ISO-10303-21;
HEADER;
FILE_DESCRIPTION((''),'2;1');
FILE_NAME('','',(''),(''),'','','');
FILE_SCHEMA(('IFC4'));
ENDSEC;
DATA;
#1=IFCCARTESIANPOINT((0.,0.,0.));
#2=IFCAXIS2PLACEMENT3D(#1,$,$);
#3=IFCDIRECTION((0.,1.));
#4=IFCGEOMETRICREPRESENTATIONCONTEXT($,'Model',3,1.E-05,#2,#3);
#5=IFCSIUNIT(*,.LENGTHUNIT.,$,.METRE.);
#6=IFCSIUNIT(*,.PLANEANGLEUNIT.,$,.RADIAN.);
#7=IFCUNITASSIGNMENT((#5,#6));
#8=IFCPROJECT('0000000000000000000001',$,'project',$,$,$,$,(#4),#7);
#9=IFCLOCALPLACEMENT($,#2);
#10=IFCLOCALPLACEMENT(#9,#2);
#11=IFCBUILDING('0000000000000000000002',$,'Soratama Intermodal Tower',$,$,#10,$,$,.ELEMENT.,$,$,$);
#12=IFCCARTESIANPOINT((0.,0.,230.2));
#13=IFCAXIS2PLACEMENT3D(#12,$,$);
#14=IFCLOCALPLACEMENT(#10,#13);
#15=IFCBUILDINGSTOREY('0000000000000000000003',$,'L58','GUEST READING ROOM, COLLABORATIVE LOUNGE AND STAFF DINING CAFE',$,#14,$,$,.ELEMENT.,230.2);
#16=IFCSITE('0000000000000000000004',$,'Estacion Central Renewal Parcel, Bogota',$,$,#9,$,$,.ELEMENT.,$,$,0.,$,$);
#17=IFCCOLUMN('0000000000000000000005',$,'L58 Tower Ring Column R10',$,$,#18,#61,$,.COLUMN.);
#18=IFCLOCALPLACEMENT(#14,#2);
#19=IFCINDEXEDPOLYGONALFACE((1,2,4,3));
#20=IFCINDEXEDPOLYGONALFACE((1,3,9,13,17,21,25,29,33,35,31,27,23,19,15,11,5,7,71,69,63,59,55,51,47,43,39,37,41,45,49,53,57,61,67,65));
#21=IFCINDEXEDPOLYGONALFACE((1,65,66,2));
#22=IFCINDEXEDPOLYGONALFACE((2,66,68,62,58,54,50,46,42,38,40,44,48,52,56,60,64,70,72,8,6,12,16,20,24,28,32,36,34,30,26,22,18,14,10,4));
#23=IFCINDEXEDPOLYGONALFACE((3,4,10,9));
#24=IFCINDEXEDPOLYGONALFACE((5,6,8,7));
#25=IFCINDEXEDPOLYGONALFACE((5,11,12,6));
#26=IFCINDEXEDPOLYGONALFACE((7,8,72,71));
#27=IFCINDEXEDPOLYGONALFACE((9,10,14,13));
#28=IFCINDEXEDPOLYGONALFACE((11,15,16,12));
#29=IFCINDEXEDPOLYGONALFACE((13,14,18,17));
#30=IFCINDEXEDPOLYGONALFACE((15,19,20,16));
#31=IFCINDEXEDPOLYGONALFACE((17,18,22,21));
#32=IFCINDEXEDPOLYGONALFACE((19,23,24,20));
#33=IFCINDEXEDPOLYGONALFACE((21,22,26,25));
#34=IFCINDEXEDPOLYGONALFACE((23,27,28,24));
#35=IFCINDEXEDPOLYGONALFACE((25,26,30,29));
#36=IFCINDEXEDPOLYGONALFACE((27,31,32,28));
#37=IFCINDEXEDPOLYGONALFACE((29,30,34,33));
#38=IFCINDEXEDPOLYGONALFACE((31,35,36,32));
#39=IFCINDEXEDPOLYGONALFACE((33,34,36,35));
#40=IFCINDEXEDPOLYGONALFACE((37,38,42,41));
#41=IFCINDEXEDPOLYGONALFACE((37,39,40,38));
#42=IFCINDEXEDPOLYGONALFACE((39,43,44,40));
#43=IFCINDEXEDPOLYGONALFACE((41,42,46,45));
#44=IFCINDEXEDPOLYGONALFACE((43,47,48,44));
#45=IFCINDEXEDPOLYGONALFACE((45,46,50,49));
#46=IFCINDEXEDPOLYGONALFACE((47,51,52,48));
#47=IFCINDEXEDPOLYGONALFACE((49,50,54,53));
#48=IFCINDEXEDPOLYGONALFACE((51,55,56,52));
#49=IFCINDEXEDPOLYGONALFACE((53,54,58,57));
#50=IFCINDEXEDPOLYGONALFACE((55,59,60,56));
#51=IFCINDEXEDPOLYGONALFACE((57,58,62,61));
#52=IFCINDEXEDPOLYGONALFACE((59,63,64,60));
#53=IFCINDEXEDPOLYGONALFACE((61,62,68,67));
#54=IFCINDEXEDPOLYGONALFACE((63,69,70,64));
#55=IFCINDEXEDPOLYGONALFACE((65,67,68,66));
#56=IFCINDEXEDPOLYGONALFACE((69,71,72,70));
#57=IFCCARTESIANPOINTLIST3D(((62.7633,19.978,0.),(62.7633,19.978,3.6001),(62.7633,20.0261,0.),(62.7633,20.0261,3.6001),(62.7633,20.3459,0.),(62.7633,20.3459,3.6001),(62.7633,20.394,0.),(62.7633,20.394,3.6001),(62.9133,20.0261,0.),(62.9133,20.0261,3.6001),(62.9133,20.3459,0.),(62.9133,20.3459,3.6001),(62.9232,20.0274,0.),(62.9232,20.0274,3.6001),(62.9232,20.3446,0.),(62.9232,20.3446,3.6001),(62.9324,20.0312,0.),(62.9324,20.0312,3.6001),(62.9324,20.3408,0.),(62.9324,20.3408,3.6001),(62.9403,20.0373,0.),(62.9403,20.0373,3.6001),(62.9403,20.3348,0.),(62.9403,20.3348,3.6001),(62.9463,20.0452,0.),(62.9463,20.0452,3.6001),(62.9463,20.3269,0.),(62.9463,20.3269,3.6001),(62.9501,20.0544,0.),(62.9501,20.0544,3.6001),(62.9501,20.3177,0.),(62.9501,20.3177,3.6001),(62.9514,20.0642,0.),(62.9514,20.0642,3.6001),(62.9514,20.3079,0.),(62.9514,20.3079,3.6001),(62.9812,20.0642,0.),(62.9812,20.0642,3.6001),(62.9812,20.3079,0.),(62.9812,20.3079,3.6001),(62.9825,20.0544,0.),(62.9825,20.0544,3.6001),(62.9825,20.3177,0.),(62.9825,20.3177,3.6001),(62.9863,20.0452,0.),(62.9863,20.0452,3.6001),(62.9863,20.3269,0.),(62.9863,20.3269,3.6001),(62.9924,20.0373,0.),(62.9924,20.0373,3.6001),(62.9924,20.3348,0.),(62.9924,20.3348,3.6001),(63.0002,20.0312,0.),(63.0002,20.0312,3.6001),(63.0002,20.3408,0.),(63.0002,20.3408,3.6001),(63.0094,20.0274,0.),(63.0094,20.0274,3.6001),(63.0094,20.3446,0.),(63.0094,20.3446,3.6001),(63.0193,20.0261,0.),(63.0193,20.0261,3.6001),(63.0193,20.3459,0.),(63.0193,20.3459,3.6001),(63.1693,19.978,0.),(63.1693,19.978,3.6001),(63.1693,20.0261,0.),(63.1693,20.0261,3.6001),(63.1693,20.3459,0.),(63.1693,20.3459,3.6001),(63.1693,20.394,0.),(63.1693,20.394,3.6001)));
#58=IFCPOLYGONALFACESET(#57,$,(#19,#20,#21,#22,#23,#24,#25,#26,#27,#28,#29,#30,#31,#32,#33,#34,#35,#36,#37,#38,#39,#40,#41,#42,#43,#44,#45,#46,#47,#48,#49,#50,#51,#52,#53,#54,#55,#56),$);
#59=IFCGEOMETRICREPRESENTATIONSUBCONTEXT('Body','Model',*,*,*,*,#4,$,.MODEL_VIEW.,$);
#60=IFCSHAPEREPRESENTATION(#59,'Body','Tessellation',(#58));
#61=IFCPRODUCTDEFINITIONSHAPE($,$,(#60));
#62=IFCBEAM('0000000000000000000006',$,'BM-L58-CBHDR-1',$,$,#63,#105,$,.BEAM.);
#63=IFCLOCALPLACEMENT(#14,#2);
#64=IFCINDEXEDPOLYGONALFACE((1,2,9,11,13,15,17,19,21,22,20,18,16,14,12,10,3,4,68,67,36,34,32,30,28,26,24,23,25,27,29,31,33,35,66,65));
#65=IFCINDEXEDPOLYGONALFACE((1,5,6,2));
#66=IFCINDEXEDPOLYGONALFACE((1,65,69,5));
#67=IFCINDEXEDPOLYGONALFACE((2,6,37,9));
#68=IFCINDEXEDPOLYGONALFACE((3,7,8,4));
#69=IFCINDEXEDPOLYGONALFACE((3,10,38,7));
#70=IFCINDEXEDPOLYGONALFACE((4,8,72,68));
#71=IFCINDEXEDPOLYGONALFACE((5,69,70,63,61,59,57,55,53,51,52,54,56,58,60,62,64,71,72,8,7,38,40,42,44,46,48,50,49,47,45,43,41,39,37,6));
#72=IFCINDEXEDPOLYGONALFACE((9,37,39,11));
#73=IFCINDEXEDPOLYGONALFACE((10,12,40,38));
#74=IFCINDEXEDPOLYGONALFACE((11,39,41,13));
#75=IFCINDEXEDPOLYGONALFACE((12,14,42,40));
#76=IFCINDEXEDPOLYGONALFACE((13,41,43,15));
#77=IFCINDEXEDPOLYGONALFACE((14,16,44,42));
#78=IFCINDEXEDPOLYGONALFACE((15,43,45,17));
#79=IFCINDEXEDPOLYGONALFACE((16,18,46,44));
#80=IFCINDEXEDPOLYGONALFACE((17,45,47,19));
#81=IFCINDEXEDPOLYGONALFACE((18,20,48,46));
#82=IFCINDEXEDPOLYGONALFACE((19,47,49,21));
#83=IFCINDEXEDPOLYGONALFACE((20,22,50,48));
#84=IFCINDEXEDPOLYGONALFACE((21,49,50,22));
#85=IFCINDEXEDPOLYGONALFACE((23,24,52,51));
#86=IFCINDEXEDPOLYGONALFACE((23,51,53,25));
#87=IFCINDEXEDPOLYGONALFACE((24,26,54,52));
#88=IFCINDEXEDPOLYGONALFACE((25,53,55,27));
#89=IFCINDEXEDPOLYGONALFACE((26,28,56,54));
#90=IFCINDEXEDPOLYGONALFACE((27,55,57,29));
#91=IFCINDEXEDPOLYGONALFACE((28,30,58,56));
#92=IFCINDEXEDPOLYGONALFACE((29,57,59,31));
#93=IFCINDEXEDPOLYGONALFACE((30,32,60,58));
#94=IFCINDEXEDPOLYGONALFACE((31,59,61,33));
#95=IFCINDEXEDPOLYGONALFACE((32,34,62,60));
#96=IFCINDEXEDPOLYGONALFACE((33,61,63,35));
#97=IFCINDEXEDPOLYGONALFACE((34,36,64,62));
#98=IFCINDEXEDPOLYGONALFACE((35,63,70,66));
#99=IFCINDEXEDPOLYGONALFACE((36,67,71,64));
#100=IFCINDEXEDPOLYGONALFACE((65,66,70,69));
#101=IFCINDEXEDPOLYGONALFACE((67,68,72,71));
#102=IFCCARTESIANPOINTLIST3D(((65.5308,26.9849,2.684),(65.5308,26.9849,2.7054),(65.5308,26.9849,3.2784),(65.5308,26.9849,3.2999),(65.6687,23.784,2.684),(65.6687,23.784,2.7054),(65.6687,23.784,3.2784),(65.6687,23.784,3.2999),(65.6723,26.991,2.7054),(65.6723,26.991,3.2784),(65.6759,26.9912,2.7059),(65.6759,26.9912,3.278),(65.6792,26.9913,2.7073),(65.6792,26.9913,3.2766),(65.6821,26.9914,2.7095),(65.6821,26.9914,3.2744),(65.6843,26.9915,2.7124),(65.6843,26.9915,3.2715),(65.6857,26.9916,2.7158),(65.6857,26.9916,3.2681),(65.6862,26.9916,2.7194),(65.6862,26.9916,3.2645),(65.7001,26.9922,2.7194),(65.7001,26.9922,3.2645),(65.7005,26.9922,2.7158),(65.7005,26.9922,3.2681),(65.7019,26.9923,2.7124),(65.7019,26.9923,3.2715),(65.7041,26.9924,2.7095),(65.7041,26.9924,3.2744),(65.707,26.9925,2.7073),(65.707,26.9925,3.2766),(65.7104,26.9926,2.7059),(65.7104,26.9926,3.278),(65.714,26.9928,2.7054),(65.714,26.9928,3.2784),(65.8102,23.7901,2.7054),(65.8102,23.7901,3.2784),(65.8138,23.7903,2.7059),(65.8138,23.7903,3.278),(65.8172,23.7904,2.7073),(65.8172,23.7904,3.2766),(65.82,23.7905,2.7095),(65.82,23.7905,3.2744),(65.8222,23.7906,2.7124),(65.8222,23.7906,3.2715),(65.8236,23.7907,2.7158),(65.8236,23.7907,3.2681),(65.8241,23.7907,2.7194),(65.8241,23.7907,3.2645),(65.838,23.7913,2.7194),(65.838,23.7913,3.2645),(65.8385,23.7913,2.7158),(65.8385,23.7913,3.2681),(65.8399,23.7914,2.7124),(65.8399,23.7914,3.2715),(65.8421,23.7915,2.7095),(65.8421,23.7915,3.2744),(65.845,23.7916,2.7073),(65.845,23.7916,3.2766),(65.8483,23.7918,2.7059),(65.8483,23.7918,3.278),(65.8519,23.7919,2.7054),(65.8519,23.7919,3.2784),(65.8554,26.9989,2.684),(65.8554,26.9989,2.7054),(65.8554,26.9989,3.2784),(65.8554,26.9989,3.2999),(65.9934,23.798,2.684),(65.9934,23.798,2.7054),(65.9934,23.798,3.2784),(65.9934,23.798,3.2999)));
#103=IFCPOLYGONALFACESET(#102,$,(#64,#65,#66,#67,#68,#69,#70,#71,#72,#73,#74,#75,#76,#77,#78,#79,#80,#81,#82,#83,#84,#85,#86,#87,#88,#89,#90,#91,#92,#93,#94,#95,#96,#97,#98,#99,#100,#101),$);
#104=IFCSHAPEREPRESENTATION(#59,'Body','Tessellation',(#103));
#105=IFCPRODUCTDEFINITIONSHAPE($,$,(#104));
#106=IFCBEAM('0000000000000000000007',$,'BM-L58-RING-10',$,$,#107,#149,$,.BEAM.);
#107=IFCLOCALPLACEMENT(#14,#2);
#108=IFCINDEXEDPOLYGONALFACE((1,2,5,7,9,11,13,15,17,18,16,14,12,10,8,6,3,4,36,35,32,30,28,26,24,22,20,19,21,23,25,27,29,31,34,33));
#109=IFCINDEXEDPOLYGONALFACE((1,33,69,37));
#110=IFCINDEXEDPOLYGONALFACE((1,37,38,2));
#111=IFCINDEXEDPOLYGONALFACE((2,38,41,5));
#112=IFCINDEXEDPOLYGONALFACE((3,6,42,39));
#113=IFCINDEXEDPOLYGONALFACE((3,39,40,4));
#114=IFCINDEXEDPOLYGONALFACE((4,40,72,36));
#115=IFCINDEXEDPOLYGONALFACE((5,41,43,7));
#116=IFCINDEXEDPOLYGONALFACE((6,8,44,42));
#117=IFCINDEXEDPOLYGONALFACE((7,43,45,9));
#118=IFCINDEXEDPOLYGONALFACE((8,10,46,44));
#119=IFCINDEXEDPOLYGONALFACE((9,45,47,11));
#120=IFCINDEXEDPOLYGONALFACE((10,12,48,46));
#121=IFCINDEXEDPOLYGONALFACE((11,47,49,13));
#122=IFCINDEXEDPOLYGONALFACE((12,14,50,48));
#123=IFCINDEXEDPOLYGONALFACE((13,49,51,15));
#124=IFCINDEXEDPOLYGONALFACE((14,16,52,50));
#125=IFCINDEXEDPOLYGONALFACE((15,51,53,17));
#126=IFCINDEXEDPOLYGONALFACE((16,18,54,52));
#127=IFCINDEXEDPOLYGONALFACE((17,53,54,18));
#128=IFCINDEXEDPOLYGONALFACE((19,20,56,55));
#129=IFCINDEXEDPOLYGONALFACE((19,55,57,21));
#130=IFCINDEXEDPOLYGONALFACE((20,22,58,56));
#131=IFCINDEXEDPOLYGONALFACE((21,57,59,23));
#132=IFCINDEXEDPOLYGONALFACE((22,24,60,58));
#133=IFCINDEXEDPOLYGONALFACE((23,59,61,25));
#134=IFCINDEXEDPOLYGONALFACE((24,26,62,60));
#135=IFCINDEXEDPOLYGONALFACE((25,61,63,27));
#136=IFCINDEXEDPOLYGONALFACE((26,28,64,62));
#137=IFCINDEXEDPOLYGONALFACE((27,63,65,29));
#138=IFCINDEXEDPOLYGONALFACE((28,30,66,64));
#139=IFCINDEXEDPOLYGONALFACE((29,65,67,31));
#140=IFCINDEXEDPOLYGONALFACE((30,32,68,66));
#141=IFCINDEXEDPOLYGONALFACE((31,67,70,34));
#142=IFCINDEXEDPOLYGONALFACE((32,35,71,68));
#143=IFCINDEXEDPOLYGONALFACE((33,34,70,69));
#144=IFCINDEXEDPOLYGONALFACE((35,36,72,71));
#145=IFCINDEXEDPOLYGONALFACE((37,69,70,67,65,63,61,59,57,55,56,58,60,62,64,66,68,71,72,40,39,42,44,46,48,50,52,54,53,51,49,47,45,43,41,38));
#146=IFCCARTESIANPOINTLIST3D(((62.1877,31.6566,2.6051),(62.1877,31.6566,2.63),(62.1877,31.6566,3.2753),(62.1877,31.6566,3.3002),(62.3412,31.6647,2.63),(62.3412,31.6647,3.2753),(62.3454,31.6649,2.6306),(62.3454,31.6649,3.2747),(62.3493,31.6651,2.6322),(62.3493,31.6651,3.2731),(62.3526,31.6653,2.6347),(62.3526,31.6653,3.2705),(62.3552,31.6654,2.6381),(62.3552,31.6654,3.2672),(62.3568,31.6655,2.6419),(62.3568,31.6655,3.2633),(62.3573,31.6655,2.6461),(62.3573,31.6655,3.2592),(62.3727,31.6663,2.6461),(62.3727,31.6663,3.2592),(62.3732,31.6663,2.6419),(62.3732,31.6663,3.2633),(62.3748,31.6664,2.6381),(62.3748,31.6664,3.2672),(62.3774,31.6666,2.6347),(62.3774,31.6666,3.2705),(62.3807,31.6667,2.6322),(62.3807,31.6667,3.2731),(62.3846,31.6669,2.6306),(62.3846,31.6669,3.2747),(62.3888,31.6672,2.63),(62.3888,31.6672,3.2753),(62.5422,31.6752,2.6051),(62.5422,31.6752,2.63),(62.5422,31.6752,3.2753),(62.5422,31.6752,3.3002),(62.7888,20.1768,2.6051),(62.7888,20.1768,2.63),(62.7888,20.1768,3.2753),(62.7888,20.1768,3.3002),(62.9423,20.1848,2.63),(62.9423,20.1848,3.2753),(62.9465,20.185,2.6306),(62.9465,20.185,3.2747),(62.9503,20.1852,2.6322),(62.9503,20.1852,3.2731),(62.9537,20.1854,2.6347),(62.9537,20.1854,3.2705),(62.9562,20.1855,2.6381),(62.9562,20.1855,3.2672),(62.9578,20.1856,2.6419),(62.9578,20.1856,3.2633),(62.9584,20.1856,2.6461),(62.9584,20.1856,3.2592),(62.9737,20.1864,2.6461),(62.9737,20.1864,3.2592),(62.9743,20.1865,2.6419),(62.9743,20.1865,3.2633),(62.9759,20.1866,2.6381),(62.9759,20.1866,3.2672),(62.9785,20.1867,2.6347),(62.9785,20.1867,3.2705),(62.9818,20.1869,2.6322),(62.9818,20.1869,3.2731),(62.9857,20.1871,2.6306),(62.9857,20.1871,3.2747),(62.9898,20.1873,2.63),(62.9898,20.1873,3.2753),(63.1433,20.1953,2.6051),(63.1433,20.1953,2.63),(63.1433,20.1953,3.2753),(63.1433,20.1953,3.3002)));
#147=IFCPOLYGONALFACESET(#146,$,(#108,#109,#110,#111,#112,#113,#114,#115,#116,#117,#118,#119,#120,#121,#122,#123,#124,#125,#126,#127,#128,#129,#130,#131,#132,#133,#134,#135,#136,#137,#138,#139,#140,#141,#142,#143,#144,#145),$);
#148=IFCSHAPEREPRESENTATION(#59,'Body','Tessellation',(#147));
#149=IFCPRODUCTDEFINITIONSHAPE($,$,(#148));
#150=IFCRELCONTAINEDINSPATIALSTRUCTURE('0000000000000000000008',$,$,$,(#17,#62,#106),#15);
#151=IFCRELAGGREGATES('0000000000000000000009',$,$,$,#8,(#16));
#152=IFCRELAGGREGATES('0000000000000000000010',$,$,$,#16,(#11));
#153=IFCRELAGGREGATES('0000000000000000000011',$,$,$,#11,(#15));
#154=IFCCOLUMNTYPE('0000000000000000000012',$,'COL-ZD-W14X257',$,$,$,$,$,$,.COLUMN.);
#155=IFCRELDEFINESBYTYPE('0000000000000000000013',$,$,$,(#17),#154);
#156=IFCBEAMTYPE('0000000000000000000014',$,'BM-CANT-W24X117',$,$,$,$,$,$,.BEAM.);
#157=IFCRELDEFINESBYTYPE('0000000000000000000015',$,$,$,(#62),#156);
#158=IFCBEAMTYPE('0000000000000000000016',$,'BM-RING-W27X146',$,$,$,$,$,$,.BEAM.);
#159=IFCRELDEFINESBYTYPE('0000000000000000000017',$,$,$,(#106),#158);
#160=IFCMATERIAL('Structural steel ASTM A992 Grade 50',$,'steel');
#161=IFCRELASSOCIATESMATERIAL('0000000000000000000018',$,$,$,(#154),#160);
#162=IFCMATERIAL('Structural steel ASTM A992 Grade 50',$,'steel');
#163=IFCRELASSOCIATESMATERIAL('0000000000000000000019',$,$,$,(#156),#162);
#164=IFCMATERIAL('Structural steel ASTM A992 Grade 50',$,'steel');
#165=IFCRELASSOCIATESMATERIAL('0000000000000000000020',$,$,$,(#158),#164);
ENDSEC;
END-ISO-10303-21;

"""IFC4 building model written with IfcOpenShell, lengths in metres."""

from ifc_helpers import new_model, si_unit, direction, frame, origin, origin_2d, place, context, subcontext, project, spatial, i_section, extrude, material, material_profile, profile_set, type_object, element, save


model = new_model("IFC4")

# Units and contexts
model_context = context("Model", 3, precision=1e-05, world=origin(), true_north=direction((0.0, 1.0)))
body_context = subcontext(model_context, "Body", "Model", "MODEL_VIEW")
ifc_project = project(units=[si_unit("LENGTHUNIT", "METRE"), si_unit("PLANEANGLEUNIT", "RADIAN")], contexts=[model_context])

# Site, building, storey
site_placement = place(None, origin())
site = spatial("IfcSite", under=ifc_project, at=site_placement, Name="Estacion Central Renewal Parcel, Bogota", CompositionType="ELEMENT", RefElevation=0.0)
building_placement = place(site_placement, origin())
building = spatial("IfcBuilding", under=site, at=building_placement, Name="Soratama Intermodal Tower", CompositionType="ELEMENT")
storey_placement = place(building_placement, frame((0.0, 0.0, 230.2)))
storey = spatial("IfcBuildingStorey", under=building, at=storey_placement, Name="L58", Description="GUEST READING ROOM, COLLABORATIVE LOUNGE AND STAFF DINING CAFE", CompositionType="ELEMENT", Elevation=230.2)

# Column
ifc_material_1 = material(Name="Structural steel ASTM A992 Grade 50", Category="steel")
ifc_material_profile_1 = material_profile(ifc_material_1, i_section(OverallWidth=0.406, OverallDepth=0.416, WebThickness=0.0298, FlangeThickness=0.0481, FilletRadius=0.0381, at=origin_2d()), Name="W14X257")
ifc_profile_set_1 = profile_set([ifc_material_profile_1], Name="Structural steel ASTM A992 Grade 50")
column_type = type_object("IfcColumnType", Name="COL-ZD-W14X257", PredefinedType="COLUMN", material=ifc_profile_set_1)
column_placement = place(storey_placement, frame((62.9663, 20.186, 0.0), z_axis=(0.0, 0.0, 1.0), x_axis=(1.0, 0.0, 0.0)))
element("IfcColumn", 1, at=column_placement, inside=storey, type_object=column_type, Name="L58 Tower Ring Column R10", PredefinedType="COLUMN", context=body_context, shape_type="SweptSolid", body=[
    extrude(i_section(OverallWidth=0.406, OverallDepth=0.416, WebThickness=0.0298, FlangeThickness=0.0481, FilletRadius=0.0381, at=origin_2d()), origin(), (0.0, 0.0, 1.0), 3.6001),
])

# Beams
ifc_material_2 = material(Name="Structural steel ASTM A992 Grade 50", Category="steel")
ifc_material_profile_2 = material_profile(ifc_material_2, i_section(OverallWidth=0.325, OverallDepth=0.616, WebThickness=0.0139, FlangeThickness=0.0215, FilletRadius=0.0139, at=origin_2d()), Name="W24X117")
ifc_profile_set_2 = profile_set([ifc_material_profile_2], Name="Structural steel ASTM A992 Grade 50")
beam_type_1 = type_object("IfcBeamType", Name="BM-CANT-W24X117", PredefinedType="BEAM", material=ifc_profile_set_2)
beam_1_placement = place(storey_placement, frame((65.8311, 23.791, 2.9919), z_axis=(-0.043054, 0.999073, 0.0), x_axis=(-0.999073, -0.043054, 0.0)))
element("IfcBeam", 2, at=beam_1_placement, inside=storey, type_object=beam_type_1, Name="BM-L58-CBHDR-1", PredefinedType="BEAM", context=body_context, shape_type="SweptSolid", body=[
    extrude(i_section(OverallWidth=0.325, OverallDepth=0.616, WebThickness=0.0139, FlangeThickness=0.0215, FilletRadius=0.0139, at=origin_2d()), origin(), (0.0, 0.0, 1.0), 3.2039),
])
ifc_material_3 = material(Name="Structural steel ASTM A992 Grade 50", Category="steel")
ifc_material_profile_3 = material_profile(ifc_material_3, i_section(OverallWidth=0.355, OverallDepth=0.6951, WebThickness=0.0154, FlangeThickness=0.0249, FilletRadius=0.0161, at=origin_2d()), Name="W27X146")
ifc_profile_set_3 = profile_set([ifc_material_profile_3], Name="Structural steel ASTM A992 Grade 50")
beam_type_2 = type_object("IfcBeamType", Name="BM-RING-W27X146", PredefinedType="BEAM", material=ifc_profile_set_3)
beam_2_placement = place(storey_placement, frame((62.9661, 20.186, 2.9526), z_axis=(-0.052287, 0.998632, 0.0), x_axis=(-0.998632, -0.052287, 0.0)))
element("IfcBeam", 3, at=beam_2_placement, inside=storey, type_object=beam_type_2, Name="BM-L58-RING-10", PredefinedType="BEAM", context=body_context, shape_type="SweptSolid", body=[
    extrude(i_section(OverallWidth=0.355, OverallDepth=0.6951, WebThickness=0.0154, FlangeThickness=0.0249, FilletRadius=0.0161, at=origin_2d()), origin(), (0.0, 0.0, 1.0), 11.4956),
])

save(model, "model.ifc")
